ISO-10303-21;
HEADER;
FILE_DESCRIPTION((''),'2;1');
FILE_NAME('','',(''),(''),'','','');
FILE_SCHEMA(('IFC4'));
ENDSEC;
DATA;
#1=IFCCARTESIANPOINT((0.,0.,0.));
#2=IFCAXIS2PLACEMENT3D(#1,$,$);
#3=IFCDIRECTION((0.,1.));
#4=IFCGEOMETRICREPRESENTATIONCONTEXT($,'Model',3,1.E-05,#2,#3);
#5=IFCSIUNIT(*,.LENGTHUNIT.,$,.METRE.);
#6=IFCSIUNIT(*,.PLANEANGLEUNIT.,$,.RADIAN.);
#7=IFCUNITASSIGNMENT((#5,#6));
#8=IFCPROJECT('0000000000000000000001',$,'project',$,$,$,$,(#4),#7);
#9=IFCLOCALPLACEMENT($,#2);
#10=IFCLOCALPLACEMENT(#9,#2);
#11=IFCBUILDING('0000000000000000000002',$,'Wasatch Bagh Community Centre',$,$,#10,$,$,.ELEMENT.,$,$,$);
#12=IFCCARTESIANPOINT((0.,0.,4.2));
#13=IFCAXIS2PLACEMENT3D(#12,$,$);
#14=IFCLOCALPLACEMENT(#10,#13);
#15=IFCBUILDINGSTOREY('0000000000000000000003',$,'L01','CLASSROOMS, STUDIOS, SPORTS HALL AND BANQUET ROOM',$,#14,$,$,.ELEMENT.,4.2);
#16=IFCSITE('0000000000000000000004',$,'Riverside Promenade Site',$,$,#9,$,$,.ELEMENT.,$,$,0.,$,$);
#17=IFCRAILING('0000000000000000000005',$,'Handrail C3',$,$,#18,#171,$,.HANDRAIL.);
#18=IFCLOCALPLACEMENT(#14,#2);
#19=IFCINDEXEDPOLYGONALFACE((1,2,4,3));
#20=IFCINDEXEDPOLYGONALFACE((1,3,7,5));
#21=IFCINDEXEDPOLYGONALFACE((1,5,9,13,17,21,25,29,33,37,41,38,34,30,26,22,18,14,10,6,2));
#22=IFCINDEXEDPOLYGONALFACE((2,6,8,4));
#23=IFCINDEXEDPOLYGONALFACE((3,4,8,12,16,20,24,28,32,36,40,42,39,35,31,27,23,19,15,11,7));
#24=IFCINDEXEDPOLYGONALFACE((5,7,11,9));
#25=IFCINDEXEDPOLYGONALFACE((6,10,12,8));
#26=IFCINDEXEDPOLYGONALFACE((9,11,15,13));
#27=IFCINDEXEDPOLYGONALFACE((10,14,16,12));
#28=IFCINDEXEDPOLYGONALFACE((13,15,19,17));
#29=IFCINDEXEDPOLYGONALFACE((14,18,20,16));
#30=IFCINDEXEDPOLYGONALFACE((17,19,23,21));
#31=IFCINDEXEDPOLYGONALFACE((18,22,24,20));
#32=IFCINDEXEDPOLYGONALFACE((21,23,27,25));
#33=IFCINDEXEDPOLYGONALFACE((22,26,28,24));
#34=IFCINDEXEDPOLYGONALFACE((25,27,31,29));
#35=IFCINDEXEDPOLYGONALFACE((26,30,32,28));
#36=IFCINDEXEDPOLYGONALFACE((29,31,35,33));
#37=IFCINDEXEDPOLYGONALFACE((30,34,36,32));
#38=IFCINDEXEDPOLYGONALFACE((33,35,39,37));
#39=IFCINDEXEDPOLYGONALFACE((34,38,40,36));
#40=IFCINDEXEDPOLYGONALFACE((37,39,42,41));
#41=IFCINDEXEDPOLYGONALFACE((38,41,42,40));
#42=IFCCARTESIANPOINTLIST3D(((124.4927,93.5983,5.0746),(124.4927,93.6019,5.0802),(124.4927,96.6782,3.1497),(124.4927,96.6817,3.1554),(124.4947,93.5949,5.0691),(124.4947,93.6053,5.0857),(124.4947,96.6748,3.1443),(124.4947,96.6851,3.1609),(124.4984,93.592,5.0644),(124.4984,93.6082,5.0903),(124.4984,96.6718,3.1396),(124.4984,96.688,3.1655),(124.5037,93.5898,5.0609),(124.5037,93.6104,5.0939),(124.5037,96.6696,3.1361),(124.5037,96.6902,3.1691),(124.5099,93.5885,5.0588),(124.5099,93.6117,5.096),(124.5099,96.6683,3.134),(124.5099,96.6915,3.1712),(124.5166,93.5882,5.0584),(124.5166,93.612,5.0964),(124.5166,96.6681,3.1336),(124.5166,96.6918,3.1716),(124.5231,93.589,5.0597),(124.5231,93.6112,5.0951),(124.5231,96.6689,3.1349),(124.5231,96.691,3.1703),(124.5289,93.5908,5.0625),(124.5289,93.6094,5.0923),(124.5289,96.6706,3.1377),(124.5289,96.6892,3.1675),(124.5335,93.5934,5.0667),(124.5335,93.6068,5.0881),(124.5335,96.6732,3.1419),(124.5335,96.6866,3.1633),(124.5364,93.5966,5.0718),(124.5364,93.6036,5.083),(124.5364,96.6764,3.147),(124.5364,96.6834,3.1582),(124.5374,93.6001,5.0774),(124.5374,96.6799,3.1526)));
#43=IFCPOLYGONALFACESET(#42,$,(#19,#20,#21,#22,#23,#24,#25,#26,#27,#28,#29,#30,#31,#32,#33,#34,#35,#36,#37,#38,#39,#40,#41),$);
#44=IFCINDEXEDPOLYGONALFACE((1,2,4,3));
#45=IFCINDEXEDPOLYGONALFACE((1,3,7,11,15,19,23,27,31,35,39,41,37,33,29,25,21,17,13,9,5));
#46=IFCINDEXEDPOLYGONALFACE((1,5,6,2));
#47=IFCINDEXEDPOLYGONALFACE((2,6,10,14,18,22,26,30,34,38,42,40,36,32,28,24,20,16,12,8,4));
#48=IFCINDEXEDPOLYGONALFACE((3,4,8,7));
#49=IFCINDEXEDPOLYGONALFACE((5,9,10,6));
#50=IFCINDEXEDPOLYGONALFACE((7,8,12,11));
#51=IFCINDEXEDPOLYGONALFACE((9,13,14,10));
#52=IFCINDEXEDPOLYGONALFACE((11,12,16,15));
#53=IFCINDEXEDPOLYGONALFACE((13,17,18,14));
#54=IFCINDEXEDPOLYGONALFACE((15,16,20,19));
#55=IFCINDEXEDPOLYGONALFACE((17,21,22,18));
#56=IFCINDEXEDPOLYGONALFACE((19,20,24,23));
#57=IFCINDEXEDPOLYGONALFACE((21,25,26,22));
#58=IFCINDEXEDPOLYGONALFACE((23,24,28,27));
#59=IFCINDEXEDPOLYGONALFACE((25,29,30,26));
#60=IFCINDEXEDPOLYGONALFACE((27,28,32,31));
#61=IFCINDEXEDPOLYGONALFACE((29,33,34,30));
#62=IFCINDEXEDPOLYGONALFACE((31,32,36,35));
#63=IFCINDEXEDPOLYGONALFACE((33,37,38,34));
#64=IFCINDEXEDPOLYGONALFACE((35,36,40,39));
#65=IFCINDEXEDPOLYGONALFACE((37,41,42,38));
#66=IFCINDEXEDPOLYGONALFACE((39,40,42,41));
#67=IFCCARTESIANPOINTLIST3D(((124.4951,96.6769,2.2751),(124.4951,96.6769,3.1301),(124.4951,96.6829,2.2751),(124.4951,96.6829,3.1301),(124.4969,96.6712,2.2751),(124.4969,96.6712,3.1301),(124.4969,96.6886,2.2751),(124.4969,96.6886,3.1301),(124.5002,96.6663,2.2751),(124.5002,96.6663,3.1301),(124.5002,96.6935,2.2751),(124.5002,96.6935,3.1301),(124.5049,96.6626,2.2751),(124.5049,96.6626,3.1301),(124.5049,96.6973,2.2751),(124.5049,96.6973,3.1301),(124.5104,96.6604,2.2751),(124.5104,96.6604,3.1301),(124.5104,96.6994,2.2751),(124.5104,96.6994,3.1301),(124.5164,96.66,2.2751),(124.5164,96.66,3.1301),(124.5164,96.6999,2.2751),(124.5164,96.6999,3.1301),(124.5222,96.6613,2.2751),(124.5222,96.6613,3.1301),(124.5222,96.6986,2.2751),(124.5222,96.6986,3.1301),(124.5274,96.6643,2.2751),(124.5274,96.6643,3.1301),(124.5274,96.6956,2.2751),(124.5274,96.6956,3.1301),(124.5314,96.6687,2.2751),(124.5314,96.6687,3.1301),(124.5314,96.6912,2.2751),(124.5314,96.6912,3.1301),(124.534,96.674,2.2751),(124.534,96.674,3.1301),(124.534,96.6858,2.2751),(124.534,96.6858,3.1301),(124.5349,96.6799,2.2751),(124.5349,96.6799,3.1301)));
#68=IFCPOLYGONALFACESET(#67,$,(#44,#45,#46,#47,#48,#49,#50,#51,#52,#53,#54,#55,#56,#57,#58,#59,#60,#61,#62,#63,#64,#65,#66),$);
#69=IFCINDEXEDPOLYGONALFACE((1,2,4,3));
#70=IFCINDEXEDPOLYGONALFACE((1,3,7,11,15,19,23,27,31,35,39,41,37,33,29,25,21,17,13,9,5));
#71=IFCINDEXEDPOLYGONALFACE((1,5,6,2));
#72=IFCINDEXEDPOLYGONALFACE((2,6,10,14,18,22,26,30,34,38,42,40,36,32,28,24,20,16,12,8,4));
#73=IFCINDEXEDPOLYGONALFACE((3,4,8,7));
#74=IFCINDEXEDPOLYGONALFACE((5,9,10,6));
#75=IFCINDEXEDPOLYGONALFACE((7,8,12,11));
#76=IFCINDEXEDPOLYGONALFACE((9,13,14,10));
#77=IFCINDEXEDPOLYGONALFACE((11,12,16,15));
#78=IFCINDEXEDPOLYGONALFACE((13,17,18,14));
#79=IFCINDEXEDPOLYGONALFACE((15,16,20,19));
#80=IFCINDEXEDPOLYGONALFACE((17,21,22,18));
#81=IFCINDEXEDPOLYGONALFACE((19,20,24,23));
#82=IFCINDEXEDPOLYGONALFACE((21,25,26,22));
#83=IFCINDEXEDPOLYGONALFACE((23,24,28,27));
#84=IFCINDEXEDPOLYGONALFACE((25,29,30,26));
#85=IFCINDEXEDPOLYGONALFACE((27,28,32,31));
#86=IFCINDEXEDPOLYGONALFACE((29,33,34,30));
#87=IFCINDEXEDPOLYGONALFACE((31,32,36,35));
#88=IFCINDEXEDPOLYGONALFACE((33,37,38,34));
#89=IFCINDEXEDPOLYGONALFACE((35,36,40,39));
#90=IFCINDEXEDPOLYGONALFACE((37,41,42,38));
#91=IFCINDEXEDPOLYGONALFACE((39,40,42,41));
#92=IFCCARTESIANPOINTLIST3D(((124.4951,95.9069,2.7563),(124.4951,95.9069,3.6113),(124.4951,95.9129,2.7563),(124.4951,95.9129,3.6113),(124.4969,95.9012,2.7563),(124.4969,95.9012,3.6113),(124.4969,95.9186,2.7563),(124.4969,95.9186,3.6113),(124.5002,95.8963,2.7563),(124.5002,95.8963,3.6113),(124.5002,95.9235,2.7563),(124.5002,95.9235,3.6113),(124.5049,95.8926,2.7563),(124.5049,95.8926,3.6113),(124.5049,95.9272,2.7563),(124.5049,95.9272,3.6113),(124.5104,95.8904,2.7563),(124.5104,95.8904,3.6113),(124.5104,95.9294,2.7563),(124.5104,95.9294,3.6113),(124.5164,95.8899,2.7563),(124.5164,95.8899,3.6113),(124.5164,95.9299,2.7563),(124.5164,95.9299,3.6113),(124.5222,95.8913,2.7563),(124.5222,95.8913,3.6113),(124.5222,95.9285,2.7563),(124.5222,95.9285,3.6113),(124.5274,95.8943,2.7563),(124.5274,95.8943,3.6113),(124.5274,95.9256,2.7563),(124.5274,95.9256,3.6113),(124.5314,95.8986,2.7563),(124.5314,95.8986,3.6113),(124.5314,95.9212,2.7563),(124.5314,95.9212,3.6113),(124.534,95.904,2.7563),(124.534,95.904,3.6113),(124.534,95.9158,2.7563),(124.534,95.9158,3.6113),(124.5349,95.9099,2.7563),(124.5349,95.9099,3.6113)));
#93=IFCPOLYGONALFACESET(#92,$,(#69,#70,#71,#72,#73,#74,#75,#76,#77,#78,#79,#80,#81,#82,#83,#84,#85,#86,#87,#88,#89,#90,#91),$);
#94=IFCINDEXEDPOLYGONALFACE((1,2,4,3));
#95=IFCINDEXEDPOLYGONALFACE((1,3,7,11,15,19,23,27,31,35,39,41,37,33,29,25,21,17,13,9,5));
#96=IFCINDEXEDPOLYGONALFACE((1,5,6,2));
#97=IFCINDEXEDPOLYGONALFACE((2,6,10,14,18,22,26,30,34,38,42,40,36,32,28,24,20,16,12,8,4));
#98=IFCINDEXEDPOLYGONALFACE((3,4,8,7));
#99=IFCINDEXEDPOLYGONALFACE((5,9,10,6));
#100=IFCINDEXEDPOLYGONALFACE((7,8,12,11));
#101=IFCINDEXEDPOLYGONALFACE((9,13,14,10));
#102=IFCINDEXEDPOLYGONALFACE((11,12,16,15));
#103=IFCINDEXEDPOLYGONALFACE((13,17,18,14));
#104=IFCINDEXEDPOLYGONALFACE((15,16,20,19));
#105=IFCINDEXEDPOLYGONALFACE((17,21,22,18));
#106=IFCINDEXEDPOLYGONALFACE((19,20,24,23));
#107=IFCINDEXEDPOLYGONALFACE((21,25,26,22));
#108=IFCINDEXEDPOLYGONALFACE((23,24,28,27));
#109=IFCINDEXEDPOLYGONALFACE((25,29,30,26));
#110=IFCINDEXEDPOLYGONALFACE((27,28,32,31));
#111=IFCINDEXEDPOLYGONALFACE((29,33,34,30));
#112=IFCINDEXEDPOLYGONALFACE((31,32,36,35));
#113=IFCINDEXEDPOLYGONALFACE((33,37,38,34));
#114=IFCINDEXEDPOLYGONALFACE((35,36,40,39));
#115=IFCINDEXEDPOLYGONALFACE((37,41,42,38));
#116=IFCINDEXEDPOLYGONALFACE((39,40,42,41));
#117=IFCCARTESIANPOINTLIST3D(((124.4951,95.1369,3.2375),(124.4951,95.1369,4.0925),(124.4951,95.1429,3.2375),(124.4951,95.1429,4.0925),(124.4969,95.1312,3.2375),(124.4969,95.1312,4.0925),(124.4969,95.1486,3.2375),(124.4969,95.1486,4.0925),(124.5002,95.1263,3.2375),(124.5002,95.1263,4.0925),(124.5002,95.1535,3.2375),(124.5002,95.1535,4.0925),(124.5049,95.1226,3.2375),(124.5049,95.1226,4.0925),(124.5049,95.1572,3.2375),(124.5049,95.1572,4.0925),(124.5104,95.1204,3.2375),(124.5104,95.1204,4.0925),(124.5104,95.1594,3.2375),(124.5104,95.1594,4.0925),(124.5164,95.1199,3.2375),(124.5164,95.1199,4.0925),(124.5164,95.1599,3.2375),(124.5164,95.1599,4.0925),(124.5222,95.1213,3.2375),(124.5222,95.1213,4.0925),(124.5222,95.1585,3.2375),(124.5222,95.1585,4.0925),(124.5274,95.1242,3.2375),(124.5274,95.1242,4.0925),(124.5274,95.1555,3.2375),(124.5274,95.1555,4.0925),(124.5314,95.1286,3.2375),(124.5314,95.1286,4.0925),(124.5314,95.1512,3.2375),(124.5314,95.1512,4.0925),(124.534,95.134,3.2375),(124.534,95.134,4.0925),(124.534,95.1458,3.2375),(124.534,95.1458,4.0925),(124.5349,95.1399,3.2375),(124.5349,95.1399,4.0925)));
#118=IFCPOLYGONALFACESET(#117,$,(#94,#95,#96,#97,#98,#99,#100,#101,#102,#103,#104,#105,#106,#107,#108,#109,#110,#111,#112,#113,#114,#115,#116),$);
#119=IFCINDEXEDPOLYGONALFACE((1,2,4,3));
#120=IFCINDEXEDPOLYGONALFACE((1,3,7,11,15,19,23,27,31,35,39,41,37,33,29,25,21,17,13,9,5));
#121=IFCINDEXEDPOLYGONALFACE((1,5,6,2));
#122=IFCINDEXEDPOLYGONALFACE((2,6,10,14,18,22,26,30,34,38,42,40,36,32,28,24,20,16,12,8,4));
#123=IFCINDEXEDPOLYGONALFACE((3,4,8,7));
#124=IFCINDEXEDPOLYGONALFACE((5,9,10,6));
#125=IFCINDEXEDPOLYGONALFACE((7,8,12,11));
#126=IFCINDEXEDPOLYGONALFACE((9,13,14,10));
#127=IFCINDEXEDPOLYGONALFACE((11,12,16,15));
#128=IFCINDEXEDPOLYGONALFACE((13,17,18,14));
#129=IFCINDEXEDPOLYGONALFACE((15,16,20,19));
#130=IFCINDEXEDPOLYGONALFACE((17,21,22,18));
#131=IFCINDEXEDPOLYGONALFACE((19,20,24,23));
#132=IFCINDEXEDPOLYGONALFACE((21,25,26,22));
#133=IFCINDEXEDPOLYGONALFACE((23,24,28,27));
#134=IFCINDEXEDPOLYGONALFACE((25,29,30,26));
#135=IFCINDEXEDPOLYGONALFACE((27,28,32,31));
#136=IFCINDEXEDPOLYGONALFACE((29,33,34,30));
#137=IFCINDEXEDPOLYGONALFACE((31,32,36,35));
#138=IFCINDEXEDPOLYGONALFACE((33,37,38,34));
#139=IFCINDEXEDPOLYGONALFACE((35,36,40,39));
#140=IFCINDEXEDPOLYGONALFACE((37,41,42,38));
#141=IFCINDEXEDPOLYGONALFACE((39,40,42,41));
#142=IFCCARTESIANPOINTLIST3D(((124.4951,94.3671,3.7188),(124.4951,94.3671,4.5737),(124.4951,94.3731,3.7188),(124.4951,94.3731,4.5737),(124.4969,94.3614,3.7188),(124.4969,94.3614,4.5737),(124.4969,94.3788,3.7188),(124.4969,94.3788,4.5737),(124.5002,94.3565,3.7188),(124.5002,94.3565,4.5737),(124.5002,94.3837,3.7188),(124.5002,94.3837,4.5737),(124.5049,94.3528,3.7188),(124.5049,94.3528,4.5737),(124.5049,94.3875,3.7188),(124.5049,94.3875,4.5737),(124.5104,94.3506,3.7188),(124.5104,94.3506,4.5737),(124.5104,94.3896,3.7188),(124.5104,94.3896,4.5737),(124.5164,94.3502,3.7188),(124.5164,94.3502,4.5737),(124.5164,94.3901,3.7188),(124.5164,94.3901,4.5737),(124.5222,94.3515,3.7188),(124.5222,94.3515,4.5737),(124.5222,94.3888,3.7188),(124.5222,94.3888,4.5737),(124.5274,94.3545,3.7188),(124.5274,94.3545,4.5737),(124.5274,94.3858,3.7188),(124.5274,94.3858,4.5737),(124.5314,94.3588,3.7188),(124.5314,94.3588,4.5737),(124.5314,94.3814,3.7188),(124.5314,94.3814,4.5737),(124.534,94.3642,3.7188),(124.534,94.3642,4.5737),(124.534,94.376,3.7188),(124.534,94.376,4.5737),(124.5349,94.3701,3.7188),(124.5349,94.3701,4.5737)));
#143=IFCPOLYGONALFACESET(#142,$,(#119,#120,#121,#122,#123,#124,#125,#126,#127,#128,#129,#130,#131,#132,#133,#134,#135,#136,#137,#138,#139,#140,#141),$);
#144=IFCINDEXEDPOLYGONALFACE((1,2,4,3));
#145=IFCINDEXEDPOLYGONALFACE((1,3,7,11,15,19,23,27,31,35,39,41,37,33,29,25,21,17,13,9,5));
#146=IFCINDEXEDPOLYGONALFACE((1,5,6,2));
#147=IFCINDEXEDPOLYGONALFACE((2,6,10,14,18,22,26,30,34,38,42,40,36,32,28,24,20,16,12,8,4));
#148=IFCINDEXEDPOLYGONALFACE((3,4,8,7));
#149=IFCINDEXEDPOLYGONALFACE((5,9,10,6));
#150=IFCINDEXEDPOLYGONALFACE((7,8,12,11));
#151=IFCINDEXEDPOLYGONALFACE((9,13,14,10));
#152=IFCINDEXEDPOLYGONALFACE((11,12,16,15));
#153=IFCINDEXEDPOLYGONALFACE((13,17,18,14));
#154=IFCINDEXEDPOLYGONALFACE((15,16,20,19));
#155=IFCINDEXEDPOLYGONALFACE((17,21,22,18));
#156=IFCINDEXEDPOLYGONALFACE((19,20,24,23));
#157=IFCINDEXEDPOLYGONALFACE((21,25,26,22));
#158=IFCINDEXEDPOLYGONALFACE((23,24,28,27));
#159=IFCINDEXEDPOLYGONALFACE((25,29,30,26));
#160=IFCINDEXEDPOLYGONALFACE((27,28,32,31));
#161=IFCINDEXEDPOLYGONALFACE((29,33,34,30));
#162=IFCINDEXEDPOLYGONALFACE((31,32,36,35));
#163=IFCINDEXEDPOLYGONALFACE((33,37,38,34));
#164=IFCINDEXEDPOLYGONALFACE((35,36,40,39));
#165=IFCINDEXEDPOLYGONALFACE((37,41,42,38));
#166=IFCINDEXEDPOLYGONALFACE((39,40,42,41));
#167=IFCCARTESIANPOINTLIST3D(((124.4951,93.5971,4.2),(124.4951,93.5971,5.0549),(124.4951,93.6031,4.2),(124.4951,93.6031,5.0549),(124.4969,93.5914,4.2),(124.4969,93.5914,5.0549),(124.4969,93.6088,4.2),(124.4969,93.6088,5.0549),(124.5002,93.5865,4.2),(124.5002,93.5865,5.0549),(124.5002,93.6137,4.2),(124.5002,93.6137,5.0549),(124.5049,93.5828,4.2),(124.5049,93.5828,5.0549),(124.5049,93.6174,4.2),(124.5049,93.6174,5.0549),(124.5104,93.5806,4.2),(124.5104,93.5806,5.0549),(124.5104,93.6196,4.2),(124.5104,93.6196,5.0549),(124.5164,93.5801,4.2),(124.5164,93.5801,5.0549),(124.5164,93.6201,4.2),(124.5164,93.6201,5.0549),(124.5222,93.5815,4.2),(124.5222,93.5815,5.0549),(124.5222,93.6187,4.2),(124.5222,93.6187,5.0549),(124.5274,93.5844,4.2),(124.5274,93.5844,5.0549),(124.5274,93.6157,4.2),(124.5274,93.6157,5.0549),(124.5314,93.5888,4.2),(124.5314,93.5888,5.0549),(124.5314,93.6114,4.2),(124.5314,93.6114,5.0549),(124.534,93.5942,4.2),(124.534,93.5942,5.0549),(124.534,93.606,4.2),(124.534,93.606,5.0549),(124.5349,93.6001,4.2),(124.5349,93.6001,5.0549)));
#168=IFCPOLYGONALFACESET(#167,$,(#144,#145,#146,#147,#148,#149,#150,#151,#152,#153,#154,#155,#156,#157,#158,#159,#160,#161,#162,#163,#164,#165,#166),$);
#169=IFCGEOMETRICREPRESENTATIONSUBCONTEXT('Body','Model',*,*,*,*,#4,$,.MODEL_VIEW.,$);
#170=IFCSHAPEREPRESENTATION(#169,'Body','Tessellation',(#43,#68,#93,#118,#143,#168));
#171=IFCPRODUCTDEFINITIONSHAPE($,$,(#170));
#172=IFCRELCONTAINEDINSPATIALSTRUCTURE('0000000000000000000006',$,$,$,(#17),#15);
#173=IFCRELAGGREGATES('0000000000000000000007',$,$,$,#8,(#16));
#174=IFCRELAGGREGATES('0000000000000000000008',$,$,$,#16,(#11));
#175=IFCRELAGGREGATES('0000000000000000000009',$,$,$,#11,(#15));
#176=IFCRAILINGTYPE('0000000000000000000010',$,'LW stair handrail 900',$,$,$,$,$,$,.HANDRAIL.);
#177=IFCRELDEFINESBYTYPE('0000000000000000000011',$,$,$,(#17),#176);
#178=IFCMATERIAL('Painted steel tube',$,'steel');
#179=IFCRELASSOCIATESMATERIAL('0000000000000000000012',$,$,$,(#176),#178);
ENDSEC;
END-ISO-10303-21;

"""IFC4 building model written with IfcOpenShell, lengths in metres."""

from ifc_helpers import new_model, si_unit, direction, frame, origin, origin_2d, place, context, subcontext, project, spatial, circle, extrude, material, type_object, element, save


model = new_model("IFC4")

# Units and contexts
model_context = context("Model", 3, precision=1e-05, world=origin(), true_north=direction((0.0, 1.0)))
body_context = subcontext(model_context, "Body", "Model", "MODEL_VIEW")
ifc_project = project(units=[si_unit("LENGTHUNIT", "METRE"), si_unit("PLANEANGLEUNIT", "RADIAN")], contexts=[model_context])

# Site, building, storey
site_placement = place(None, origin())
site = spatial("IfcSite", under=ifc_project, at=site_placement, Name="Riverside Promenade Site", CompositionType="ELEMENT", RefElevation=0.0)
building_placement = place(site_placement, origin())
building = spatial("IfcBuilding", under=site, at=building_placement, Name="Wasatch Bagh Community Centre", CompositionType="ELEMENT")
storey_placement = place(building_placement, frame((0.0, 0.0, 4.2)))
storey = spatial("IfcBuildingStorey", under=building, at=storey_placement, Name="L01", Description="CLASSROOMS, STUDIOS, SPORTS HALL AND BANQUET ROOM", CompositionType="ELEMENT", Elevation=4.2)

# Railing
ifc_material_1 = material(Name="Painted steel tube", Category="steel")
railing_type_1 = type_object("IfcRailingType", Name="LW stair handrail 900", PredefinedType="HANDRAIL", material=ifc_material_1)
for number, where, name in (
    (1, (124.5149, 96.6799, 2.2751), "Handrail C3"),
):
    element("IfcRailing", number, at=place(storey_placement, frame(where)), inside=storey, type_object=railing_type_1, Name=name, PredefinedType="HANDRAIL", context=body_context, shape_type="SweptSolid", body=[
        extrude(circle(Radius=0.0225, at=origin_2d()), frame((0.0, 0.0, 0.8774), z_axis=(0.0, -0.84801, 0.529981), x_axis=(1.0, 0.0, 0.0)), (0.0, 0.0, 1.0), 3.6318),
        extrude(circle(Radius=0.02, at=origin_2d()), origin(), (0.0, 0.0, 1.0), 0.855),
        extrude(circle(Radius=0.02, at=origin_2d()), frame((0.0, -0.77, 0.4812)), (0.0, 0.0, 1.0), 0.855),
        extrude(circle(Radius=0.02, at=origin_2d()), frame((0.0, -1.54, 0.9624)), (0.0, 0.0, 1.0), 0.855),
        extrude(circle(Radius=0.02, at=origin_2d()), frame((0.0, -2.3098, 1.4436)), (0.0, 0.0, 1.0), 0.855),
        extrude(circle(Radius=0.02, at=origin_2d()), frame((0.0, -3.0798, 1.9248)), (0.0, 0.0, 1.0), 0.855),
    ])

save(model, "model.ifc")
